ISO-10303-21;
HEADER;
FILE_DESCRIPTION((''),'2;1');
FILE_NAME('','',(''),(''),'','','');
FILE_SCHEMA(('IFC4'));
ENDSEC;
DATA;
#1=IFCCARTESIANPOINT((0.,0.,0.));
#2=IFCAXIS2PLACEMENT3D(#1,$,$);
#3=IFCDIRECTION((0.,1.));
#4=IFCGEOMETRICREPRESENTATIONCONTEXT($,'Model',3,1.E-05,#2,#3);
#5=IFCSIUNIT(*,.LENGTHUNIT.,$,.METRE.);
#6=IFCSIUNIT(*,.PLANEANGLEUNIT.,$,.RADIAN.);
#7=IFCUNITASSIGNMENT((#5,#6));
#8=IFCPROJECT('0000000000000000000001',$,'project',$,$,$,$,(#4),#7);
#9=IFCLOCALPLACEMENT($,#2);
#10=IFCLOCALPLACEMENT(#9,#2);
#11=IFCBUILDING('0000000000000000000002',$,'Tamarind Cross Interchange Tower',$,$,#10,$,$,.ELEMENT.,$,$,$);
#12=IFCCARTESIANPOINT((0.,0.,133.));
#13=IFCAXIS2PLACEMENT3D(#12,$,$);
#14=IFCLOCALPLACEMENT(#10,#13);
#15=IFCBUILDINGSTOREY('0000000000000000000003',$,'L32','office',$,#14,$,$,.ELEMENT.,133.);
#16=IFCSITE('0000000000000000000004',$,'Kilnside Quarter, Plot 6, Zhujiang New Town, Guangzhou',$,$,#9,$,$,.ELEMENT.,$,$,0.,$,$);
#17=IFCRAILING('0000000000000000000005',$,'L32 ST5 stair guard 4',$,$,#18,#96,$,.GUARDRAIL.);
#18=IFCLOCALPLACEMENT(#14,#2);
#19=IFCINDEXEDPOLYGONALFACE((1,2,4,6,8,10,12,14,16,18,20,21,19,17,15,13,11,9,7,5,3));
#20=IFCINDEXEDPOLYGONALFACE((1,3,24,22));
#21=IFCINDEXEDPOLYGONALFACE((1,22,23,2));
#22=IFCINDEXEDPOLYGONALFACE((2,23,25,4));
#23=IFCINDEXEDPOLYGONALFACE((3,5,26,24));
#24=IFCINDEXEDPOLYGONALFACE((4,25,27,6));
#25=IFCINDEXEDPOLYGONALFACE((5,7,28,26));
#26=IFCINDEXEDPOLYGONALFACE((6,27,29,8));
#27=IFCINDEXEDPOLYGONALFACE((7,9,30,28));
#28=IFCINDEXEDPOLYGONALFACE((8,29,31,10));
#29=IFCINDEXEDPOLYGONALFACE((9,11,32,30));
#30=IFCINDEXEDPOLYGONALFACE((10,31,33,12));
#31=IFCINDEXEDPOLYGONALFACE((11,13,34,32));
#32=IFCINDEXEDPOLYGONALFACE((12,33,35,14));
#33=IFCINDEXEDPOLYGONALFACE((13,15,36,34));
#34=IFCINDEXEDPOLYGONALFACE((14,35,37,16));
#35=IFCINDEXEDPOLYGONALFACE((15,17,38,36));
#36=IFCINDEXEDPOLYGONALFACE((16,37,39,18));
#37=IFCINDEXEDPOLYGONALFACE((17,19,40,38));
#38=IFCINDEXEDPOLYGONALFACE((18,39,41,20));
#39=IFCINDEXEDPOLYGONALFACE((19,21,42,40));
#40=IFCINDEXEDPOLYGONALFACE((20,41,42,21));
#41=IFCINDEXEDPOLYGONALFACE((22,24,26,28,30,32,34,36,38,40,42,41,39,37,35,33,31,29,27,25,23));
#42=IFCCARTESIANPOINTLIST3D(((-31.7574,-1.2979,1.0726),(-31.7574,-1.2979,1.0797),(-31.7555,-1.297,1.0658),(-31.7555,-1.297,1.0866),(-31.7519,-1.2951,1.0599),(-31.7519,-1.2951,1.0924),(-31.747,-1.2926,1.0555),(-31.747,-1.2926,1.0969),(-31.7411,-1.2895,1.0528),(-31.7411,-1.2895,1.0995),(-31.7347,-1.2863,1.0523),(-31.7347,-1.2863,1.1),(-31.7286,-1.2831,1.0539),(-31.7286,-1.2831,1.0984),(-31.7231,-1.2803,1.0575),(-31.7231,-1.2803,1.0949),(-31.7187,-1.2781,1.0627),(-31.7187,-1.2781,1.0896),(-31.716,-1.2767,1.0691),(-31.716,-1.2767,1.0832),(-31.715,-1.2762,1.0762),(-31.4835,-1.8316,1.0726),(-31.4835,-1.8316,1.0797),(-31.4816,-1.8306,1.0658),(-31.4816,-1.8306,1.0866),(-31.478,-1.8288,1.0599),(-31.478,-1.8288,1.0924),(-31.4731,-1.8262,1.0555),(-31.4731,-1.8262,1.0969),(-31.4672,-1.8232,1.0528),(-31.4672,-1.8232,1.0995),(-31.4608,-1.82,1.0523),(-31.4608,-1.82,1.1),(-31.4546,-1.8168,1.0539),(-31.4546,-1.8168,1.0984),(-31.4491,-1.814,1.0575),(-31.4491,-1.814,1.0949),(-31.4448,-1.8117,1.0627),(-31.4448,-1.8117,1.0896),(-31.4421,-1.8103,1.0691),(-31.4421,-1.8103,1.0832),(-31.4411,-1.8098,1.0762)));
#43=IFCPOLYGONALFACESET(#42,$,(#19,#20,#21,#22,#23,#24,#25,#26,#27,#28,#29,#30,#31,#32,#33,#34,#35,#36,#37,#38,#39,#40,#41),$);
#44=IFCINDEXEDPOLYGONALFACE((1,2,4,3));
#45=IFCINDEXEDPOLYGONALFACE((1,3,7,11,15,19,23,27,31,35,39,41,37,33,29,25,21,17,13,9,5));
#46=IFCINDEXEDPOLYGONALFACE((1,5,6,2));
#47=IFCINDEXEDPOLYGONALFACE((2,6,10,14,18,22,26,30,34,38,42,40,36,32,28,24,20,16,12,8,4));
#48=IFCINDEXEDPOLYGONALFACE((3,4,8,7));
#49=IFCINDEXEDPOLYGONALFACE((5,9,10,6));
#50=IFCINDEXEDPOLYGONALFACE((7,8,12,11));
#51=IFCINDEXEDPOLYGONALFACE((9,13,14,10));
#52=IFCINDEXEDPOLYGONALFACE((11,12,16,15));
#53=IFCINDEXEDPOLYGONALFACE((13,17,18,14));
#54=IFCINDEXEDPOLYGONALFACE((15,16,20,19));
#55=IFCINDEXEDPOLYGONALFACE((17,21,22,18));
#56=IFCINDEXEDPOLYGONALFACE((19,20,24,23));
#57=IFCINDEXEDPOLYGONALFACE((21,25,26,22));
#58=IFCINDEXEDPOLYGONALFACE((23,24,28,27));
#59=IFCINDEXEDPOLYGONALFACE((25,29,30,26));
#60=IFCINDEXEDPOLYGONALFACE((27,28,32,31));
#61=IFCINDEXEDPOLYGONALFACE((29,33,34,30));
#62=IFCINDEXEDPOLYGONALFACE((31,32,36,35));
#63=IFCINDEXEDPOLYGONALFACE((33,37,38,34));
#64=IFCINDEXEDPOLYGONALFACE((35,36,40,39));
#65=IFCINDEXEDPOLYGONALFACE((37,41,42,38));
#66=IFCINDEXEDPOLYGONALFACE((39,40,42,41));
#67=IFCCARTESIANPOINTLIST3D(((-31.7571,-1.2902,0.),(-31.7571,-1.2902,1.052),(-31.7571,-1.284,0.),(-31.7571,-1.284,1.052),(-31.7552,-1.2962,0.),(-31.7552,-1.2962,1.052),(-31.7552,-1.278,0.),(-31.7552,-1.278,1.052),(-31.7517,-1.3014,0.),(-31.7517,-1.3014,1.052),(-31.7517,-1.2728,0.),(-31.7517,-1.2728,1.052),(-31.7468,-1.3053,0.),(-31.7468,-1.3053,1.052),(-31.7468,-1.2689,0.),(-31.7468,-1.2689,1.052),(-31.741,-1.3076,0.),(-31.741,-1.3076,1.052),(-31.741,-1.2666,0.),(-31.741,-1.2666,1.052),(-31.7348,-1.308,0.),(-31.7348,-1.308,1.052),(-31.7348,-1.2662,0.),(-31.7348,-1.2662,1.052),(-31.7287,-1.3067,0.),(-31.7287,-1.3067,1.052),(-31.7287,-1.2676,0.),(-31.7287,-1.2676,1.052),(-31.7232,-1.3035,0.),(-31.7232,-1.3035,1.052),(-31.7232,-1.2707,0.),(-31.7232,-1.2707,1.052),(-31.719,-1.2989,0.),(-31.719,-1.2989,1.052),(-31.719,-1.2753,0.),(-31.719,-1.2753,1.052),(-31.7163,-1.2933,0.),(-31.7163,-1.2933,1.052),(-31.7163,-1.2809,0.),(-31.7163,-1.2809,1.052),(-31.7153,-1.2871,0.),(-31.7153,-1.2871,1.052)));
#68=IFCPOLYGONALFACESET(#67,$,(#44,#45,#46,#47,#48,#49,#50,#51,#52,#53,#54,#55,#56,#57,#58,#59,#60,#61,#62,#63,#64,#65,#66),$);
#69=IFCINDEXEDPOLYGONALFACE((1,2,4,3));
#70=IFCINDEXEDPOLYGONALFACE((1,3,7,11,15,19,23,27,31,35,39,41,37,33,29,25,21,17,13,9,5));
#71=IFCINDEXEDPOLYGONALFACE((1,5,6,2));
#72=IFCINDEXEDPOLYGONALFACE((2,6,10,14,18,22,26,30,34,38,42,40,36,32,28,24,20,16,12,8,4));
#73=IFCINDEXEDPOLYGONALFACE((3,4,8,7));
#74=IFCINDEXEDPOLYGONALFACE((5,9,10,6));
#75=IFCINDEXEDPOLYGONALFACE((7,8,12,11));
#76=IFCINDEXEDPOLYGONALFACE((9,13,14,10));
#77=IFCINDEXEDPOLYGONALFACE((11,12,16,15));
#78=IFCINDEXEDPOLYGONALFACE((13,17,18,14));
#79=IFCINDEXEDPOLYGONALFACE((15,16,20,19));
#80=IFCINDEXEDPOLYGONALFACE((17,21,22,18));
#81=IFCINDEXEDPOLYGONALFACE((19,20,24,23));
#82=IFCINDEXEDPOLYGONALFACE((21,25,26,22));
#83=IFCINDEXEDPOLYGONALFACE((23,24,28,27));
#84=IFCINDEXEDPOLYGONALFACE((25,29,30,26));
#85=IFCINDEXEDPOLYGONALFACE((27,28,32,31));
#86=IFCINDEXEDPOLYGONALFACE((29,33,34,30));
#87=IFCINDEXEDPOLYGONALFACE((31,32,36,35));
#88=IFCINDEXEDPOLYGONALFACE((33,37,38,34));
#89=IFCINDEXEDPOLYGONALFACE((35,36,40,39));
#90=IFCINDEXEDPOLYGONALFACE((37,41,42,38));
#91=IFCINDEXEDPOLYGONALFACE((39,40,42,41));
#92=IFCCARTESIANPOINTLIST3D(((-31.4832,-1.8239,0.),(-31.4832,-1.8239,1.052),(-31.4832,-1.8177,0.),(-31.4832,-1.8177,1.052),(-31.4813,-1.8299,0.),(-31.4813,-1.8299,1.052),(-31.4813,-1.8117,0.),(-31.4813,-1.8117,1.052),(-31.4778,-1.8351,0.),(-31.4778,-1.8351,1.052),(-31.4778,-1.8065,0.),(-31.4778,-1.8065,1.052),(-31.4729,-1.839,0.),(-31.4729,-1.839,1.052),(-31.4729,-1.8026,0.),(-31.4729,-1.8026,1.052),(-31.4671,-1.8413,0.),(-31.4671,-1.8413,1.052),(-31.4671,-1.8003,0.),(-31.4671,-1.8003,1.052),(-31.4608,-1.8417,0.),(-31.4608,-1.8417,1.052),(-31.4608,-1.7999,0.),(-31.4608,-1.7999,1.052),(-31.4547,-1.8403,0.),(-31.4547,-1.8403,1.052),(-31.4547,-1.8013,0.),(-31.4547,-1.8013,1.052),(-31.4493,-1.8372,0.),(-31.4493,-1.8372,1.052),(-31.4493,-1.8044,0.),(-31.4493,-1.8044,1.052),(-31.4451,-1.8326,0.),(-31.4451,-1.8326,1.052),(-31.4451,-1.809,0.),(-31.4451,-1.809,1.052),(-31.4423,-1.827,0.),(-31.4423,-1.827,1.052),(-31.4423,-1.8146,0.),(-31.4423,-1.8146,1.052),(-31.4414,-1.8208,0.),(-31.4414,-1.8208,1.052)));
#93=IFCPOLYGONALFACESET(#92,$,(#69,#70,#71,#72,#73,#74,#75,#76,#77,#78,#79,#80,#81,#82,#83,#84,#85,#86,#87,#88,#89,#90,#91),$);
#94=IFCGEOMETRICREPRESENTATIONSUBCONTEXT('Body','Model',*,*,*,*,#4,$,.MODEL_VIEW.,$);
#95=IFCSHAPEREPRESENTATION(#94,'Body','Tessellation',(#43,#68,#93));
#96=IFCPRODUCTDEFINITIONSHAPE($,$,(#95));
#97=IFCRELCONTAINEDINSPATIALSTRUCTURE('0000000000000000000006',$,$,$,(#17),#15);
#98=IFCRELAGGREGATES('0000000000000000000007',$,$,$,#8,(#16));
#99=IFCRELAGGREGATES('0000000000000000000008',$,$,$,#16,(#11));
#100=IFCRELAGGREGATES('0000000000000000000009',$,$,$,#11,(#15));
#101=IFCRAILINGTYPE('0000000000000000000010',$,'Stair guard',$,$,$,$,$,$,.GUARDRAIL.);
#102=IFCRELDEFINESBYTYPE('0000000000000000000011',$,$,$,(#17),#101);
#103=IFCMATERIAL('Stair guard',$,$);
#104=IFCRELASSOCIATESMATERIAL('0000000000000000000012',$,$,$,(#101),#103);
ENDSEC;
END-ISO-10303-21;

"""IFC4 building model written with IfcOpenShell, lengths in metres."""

from ifc_helpers import new_model, si_unit, direction, frame, origin, origin_2d, place, context, subcontext, project, spatial, circle, extrude, material, type_object, element, save


model = new_model("IFC4")

# Units and contexts
model_context = context("Model", 3, precision=1e-05, world=origin(), true_north=direction((0.0, 1.0)))
body_context = subcontext(model_context, "Body", "Model", "MODEL_VIEW")
ifc_project = project(units=[si_unit("LENGTHUNIT", "METRE"), si_unit("PLANEANGLEUNIT", "RADIAN")], contexts=[model_context])

# Site, building, storey
site_placement = place(None, origin())
site = spatial("IfcSite", under=ifc_project, at=site_placement, Name="Kilnside Quarter, Plot 6, Zhujiang New Town, Guangzhou", CompositionType="ELEMENT", RefElevation=0.0)
building_placement = place(site_placement, origin())
building = spatial("IfcBuilding", under=site, at=building_placement, Name="Tamarind Cross Interchange Tower", CompositionType="ELEMENT")
storey_placement = place(building_placement, frame((0.0, 0.0, 133.0)))
storey = spatial("IfcBuildingStorey", under=building, at=storey_placement, Name="L32", Description="office", CompositionType="ELEMENT", Elevation=133.0)

# Railing
ifc_material_1 = material(Name="Stair guard")
railing_type_1 = type_object("IfcRailingType", Name="Stair guard", PredefinedType="GUARDRAIL", material=ifc_material_1)
railing_1_placement = place(storey_placement, frame((-31.7363, -1.2871, 0.0)))
element("IfcRailing", 1, at=railing_1_placement, inside=storey, type_object=railing_type_1, Name="L32 ST5 stair guard 4", PredefinedType="GUARDRAIL", context=body_context, shape_type="SweptSolid", body=[
    extrude(circle(Radius=0.0239, at=origin_2d()), frame((0.0, 0.0, 1.0762), z_axis=(0.456631, -0.889656, 0.0), x_axis=(0.889656, 0.456631, 0.0)), (0.0, 0.0, 1.0), 0.5999),
    extrude(circle(Radius=0.021, at=origin_2d()), origin(), (0.0, 0.0, 1.0), 1.052),
    extrude(circle(Radius=0.021, at=origin_2d()), frame((0.2739, -0.5337, 0.0)), (0.0, 0.0, 1.0), 1.052),
])

save(model, "model.ifc")
